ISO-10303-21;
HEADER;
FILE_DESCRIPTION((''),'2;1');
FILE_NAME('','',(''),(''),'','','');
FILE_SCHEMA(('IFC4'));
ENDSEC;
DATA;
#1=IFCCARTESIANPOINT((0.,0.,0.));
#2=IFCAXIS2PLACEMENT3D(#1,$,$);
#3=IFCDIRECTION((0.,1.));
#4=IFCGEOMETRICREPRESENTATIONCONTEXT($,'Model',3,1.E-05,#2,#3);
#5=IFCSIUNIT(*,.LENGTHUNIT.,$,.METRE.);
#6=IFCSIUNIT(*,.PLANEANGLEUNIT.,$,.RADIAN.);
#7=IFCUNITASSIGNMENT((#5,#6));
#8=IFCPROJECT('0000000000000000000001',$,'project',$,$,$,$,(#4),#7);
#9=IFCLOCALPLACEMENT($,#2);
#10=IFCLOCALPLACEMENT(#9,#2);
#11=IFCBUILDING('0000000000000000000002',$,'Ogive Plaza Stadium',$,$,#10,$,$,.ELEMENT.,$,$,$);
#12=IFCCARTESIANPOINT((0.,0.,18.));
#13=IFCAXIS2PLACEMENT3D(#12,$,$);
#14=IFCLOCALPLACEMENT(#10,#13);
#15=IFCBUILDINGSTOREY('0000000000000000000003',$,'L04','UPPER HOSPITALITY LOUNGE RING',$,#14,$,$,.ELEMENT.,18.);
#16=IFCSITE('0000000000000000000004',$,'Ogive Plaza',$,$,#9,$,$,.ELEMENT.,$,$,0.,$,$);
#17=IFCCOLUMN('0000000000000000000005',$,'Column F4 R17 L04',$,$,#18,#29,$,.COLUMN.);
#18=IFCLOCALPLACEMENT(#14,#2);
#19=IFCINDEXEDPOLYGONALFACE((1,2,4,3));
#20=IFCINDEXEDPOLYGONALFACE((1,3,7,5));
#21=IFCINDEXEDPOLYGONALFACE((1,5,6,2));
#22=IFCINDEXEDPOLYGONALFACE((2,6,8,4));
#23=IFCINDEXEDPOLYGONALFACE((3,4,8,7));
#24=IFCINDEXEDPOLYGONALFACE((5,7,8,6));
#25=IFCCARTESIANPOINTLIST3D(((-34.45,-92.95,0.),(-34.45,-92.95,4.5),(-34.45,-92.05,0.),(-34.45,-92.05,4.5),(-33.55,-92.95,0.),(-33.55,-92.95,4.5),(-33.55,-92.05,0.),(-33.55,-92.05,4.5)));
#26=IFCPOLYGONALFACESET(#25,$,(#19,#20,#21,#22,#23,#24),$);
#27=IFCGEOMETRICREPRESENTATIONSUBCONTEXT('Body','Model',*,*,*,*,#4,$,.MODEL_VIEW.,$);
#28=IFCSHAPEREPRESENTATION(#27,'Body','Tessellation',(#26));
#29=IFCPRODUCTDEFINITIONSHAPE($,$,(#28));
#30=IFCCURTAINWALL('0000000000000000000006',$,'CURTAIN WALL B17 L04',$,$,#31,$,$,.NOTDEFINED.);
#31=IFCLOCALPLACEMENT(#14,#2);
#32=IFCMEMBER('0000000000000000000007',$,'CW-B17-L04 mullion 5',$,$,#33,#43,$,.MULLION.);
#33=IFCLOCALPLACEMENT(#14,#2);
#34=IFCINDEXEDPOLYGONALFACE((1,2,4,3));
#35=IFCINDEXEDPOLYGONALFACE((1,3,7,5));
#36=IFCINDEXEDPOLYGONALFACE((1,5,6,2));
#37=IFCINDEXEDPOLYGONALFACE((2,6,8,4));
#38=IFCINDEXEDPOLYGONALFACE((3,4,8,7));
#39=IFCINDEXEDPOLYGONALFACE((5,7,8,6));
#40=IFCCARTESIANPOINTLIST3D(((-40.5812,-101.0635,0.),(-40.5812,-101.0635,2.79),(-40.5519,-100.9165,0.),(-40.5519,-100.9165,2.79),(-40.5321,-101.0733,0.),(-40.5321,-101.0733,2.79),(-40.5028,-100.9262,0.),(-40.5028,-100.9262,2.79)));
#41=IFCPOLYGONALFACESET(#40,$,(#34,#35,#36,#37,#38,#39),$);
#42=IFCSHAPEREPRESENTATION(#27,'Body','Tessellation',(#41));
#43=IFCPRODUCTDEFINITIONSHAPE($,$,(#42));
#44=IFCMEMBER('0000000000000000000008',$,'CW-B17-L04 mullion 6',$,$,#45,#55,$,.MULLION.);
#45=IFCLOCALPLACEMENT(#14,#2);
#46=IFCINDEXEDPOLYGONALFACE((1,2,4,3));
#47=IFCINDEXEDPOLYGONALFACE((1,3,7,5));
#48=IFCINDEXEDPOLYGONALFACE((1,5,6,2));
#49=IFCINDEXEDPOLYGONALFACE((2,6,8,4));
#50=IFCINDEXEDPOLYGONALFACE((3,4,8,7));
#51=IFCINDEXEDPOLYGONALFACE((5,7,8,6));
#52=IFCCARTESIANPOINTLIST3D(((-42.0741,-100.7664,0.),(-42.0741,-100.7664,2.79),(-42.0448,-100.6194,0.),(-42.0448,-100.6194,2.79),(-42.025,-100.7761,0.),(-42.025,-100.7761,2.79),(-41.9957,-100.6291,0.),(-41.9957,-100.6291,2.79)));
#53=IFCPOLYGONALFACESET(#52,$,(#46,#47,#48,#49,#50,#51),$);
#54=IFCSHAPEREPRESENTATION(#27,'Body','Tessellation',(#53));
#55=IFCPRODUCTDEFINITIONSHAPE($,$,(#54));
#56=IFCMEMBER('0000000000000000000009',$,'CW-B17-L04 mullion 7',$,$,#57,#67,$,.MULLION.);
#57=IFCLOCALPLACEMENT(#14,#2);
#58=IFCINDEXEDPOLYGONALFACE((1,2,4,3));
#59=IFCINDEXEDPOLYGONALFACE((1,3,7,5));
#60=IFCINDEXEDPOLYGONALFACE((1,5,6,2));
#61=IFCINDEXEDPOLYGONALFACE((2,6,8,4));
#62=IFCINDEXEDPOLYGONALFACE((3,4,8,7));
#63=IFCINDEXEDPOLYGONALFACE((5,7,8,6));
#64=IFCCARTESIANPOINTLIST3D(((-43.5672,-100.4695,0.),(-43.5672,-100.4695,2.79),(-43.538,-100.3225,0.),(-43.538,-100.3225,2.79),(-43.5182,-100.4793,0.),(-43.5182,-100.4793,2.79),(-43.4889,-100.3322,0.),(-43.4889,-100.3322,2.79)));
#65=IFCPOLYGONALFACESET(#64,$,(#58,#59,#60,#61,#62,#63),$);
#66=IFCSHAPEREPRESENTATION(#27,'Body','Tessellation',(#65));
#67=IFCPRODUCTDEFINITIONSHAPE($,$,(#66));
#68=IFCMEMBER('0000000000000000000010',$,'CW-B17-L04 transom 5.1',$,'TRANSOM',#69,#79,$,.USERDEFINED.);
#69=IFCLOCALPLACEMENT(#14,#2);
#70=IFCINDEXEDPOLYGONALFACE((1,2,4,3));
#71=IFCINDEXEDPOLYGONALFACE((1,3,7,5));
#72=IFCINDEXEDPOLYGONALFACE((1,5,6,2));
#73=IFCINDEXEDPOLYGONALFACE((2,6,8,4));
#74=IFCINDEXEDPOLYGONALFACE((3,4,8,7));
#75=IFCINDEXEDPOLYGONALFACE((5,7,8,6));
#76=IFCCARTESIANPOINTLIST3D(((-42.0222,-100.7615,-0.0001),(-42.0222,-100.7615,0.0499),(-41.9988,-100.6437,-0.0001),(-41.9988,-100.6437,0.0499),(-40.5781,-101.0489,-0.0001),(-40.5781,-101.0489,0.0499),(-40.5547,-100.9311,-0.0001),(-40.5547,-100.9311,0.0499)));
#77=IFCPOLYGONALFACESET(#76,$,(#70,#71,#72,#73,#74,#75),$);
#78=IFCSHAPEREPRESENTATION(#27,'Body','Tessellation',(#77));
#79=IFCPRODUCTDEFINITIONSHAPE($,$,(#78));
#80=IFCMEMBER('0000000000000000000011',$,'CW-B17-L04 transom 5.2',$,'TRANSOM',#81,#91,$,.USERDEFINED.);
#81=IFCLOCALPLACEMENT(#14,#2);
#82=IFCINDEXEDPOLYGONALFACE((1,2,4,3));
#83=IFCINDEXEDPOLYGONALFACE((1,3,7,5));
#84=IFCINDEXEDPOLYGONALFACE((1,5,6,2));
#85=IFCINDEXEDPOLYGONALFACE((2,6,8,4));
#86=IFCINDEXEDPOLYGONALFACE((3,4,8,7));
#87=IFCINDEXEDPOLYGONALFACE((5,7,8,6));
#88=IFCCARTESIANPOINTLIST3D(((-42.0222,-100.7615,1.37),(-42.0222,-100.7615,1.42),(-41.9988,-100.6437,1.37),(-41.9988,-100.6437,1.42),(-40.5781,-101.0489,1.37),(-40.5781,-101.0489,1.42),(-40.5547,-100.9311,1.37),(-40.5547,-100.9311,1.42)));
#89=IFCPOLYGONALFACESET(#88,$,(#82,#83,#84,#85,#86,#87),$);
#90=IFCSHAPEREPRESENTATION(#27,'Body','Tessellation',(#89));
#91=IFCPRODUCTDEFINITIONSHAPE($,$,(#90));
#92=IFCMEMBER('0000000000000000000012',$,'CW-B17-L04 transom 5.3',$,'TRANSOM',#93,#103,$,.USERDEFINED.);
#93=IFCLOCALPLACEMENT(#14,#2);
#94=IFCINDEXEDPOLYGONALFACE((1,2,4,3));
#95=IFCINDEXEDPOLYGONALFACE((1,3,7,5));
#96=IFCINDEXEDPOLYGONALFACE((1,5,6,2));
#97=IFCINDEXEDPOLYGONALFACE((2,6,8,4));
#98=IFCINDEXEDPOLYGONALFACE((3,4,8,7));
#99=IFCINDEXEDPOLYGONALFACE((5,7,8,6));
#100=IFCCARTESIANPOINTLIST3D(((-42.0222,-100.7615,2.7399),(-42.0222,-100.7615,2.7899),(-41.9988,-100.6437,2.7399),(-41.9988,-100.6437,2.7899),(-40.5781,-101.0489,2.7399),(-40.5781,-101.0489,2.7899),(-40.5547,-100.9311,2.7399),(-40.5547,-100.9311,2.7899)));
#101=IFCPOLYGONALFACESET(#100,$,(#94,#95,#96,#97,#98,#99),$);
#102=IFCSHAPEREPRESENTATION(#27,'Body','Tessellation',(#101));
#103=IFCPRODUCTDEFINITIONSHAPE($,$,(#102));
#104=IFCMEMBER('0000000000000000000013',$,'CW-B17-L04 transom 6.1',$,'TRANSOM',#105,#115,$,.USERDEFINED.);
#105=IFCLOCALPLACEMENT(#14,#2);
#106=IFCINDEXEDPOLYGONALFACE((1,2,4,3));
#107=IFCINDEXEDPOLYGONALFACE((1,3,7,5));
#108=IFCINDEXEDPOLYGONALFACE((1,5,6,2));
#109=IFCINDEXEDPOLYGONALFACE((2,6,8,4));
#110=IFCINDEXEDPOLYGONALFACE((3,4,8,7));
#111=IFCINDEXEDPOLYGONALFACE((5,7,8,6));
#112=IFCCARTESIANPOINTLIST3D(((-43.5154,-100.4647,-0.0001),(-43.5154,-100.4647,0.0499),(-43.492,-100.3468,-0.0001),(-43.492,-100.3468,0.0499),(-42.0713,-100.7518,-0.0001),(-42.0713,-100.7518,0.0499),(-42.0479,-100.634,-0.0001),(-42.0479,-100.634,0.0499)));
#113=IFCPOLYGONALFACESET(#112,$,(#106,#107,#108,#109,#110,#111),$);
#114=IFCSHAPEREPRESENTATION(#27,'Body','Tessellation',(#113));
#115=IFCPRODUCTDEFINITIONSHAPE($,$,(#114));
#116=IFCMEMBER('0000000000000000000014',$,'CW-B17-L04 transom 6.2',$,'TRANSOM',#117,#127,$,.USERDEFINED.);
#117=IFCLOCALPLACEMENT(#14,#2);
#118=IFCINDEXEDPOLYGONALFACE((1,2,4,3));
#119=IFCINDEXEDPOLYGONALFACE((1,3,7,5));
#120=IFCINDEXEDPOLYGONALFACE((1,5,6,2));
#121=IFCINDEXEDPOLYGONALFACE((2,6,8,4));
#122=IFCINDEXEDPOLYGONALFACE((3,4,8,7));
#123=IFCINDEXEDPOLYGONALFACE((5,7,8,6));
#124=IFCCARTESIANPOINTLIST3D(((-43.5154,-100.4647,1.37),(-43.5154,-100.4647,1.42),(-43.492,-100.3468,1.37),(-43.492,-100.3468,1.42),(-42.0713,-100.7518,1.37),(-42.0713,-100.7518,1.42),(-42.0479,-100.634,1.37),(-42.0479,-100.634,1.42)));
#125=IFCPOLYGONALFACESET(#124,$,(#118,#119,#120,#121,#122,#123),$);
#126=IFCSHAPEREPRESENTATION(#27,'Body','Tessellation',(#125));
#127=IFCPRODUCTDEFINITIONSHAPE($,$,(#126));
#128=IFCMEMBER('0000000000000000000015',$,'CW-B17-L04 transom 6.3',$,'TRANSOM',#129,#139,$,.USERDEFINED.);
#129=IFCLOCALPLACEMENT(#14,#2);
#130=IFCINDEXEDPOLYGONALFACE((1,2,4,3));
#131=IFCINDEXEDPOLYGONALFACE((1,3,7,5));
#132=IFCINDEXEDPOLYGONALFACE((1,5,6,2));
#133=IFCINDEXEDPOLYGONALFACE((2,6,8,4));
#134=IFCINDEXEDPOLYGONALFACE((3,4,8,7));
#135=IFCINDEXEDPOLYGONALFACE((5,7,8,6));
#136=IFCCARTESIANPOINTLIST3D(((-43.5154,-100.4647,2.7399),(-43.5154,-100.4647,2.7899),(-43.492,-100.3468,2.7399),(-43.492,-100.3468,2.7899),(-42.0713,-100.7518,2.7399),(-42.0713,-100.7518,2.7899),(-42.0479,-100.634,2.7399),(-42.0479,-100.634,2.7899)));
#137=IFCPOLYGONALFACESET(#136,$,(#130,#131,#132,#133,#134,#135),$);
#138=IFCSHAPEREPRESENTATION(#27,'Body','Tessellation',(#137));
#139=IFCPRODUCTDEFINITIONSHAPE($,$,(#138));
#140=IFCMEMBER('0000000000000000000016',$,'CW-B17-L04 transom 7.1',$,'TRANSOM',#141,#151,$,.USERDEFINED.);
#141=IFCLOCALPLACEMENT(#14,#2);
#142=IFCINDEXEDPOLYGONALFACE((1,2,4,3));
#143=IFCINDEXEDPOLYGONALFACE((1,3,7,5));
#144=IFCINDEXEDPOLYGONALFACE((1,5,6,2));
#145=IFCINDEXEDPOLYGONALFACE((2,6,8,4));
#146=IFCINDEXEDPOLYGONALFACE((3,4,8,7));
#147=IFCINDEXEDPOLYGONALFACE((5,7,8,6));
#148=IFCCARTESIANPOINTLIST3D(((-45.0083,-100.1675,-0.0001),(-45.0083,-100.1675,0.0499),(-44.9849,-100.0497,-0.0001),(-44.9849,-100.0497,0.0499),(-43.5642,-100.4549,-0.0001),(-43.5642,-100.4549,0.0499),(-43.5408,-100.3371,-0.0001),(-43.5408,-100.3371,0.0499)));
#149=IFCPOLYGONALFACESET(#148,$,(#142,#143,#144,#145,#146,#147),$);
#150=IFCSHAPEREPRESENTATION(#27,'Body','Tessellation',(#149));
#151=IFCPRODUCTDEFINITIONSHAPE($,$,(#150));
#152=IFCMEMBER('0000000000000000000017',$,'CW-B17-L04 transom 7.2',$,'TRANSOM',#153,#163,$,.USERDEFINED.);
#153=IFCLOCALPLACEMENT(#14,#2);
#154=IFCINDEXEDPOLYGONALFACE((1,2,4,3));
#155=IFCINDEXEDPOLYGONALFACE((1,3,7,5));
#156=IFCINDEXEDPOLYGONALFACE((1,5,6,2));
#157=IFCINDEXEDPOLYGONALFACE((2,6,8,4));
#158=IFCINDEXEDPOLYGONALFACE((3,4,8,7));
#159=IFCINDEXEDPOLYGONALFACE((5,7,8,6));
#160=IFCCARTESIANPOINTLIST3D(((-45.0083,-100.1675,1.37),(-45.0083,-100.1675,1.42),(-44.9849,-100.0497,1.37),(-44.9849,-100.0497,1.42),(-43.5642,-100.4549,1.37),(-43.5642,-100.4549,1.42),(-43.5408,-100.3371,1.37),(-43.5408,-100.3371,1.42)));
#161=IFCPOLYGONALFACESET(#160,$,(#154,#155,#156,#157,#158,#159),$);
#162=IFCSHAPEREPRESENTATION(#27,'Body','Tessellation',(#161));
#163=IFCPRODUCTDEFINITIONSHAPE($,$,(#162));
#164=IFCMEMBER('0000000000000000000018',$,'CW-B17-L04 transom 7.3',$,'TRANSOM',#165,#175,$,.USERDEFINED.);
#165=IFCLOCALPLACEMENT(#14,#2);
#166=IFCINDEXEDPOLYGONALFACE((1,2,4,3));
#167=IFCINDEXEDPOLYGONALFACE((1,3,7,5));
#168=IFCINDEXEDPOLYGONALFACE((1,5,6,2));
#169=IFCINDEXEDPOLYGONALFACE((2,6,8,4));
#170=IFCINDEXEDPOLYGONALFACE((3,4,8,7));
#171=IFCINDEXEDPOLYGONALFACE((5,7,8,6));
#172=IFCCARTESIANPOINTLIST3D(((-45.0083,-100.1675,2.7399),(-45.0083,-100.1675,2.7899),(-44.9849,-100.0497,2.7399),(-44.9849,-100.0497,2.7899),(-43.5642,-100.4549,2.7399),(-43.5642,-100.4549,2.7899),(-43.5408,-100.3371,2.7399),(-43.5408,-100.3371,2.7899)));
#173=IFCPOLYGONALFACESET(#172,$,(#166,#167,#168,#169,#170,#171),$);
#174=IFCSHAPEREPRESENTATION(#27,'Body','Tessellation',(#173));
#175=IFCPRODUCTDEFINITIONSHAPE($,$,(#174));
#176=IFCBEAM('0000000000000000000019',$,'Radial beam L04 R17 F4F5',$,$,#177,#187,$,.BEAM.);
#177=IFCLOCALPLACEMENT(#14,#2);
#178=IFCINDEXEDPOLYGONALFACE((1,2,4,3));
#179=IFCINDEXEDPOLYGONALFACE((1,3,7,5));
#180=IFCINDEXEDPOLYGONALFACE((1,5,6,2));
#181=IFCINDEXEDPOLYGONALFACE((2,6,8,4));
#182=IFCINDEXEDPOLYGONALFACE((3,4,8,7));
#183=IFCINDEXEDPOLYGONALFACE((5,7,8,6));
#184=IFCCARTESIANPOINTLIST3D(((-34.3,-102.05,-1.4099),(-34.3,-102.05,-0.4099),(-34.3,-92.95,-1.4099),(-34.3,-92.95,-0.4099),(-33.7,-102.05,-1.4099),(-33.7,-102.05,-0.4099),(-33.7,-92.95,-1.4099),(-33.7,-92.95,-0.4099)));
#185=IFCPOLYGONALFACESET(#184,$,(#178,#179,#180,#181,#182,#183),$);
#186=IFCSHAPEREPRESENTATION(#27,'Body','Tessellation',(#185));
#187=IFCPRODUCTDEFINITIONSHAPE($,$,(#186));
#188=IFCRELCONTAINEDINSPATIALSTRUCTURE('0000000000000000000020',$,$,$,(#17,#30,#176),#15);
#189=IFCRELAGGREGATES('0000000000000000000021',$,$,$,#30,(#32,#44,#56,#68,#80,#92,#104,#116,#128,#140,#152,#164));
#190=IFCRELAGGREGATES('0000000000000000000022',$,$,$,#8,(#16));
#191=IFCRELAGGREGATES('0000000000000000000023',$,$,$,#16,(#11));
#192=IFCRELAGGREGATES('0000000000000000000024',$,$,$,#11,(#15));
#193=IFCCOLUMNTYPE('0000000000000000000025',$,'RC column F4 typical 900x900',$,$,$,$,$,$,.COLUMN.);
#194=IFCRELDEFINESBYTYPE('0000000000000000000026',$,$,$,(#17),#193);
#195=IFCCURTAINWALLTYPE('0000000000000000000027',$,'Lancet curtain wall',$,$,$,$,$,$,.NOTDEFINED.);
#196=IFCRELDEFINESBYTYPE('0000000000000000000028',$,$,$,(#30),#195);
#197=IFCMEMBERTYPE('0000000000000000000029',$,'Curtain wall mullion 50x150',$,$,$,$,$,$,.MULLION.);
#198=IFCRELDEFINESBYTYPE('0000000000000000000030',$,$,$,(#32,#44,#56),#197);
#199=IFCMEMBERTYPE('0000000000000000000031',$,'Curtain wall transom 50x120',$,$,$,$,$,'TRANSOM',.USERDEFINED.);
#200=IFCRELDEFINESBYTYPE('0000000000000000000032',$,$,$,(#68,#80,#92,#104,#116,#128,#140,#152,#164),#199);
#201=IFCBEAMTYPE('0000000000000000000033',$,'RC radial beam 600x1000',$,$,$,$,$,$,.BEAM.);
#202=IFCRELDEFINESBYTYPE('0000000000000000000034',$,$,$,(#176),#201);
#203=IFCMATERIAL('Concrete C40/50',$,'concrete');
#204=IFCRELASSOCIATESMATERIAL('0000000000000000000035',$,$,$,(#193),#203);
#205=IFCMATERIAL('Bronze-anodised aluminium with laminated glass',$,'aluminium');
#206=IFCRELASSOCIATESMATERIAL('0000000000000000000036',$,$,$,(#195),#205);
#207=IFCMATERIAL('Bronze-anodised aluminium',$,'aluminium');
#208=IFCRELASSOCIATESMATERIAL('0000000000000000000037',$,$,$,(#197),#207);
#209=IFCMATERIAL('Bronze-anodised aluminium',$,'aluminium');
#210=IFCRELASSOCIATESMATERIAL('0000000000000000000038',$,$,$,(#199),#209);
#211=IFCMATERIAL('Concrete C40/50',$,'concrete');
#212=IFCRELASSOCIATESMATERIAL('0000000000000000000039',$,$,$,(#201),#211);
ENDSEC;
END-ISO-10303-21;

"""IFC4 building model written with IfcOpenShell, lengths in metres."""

from ifc_helpers import new_model, si_unit, direction, frame, origin, origin_2d, place, context, subcontext, project, spatial, rectangle, extrude, material, material_profile, profile_set, type_object, element, aggregate, save


model = new_model("IFC4")

# Units and contexts
model_context = context("Model", 3, precision=1e-05, world=origin(), true_north=direction((0.0, 1.0)))
body_context = subcontext(model_context, "Body", "Model", "MODEL_VIEW")
ifc_project = project(units=[si_unit("LENGTHUNIT", "METRE"), si_unit("PLANEANGLEUNIT", "RADIAN")], contexts=[model_context])

# Site, building, storey
site_placement = place(None, origin())
site = spatial("IfcSite", under=ifc_project, at=site_placement, Name="Ogive Plaza", CompositionType="ELEMENT", RefElevation=0.0)
building_placement = place(site_placement, origin())
building = spatial("IfcBuilding", under=site, at=building_placement, Name="Ogive Plaza Stadium", CompositionType="ELEMENT")
storey_placement = place(building_placement, frame((0.0, 0.0, 18.0)))
storey = spatial("IfcBuildingStorey", under=building, at=storey_placement, Name="L04", Description="UPPER HOSPITALITY LOUNGE RING", CompositionType="ELEMENT", Elevation=18.0)

# Column
ifc_material_1 = material(Name="Concrete C40/50", Category="concrete")
ifc_material_profile_1 = material_profile(ifc_material_1, rectangle(XDim=0.8999, YDim=0.8999, at=origin_2d()), Name="RC 900x900")
ifc_profile_set_1 = profile_set([ifc_material_profile_1], Name="Concrete C40/50")
column_type = type_object("IfcColumnType", Name="RC column F4 typical 900x900", PredefinedType="COLUMN", material=ifc_profile_set_1)
column_placement = place(storey_placement, frame((-34.0, -92.5, 0.0), z_axis=(0.0, 0.0, 1.0), x_axis=(1.0, 0.0, 0.0)))
element("IfcColumn", 1, at=column_placement, inside=storey, type_object=column_type, Name="Column F4 R17 L04", PredefinedType="COLUMN", context=body_context, shape_type="SweptSolid", body=[
    extrude(rectangle(XDim=0.8999, YDim=0.8999, at=origin_2d()), origin(), (0.0, 0.0, 1.0), 4.5),
])

# Curtain wall, members
ifc_material_2 = material(Name="Bronze-anodised aluminium with laminated glass", Category="aluminium")
curtain_wall_type = type_object("IfcCurtainWallType", Name="Lancet curtain wall", PredefinedType="NOTDEFINED", material=ifc_material_2)
curtain_wall_placement = place(storey_placement, origin())
curtain_wall = element("IfcCurtainWall", 2, at=curtain_wall_placement, inside=storey, type_object=curtain_wall_type, Name="CURTAIN WALL B17 L04", PredefinedType="NOTDEFINED")
ifc_material_3 = material(Name="Bronze-anodised aluminium", Category="aluminium")
ifc_material_profile_2 = material_profile(ifc_material_3, rectangle(XDim=0.1499, YDim=0.05, at=origin_2d()), Name="AL 150x50")
ifc_profile_set_2 = profile_set([ifc_material_profile_2], Name="Bronze-anodised aluminium")
member_type_1 = type_object("IfcMemberType", Name="Curtain wall mullion 50x150", PredefinedType="MULLION", material=ifc_profile_set_2)
member_1_placement = place(storey_placement, frame((-40.542, -100.9949, 0.0), z_axis=(0.0, 0.0, 1.0), x_axis=(-0.19509, -0.980785, 0.0)))
member_1 = element("IfcMember", 3, at=member_1_placement, type_object=member_type_1, Name="CW-B17-L04 mullion 5", PredefinedType="MULLION", context=body_context, shape_type="SweptSolid", body=[
    extrude(rectangle(XDim=0.1499, YDim=0.05, at=origin_2d()), origin(), (0.0, 0.0, 1.0), 2.79),
])
member_2_placement = place(storey_placement, frame((-42.0349, -100.6978, 0.0), z_axis=(0.0, 0.0, 1.0), x_axis=(-0.19509, -0.980785, 0.0)))
member_2 = element("IfcMember", 4, at=member_2_placement, type_object=member_type_1, Name="CW-B17-L04 mullion 6", PredefinedType="MULLION", context=body_context, shape_type="SweptSolid", body=[
    extrude(rectangle(XDim=0.1499, YDim=0.05, at=origin_2d()), origin(), (0.0, 0.0, 1.0), 2.79),
])
member_3_placement = place(storey_placement, frame((-43.5281, -100.4009, 0.0), z_axis=(0.0, 0.0, 1.0), x_axis=(-0.19509, -0.980785, 0.0)))
member_3 = element("IfcMember", 5, at=member_3_placement, type_object=member_type_1, Name="CW-B17-L04 mullion 7", PredefinedType="MULLION", context=body_context, shape_type="SweptSolid", body=[
    extrude(rectangle(XDim=0.1499, YDim=0.05, at=origin_2d()), origin(), (0.0, 0.0, 1.0), 2.79),
])
ifc_material_4 = material(Name="Bronze-anodised aluminium", Category="aluminium")
ifc_material_profile_3 = material_profile(ifc_material_4, rectangle(XDim=0.1201, YDim=0.05, at=origin_2d()), Name="AL 120x50")
ifc_profile_set_3 = profile_set([ifc_material_profile_3], Name="Bronze-anodised aluminium")
member_type_2 = type_object("IfcMemberType", Name="Curtain wall transom 50x120", ElementType="TRANSOM", PredefinedType="USERDEFINED", material=ifc_profile_set_3)
member_4_placement = place(storey_placement, frame((-40.5664, -100.99, 0.0249), z_axis=(-0.980772, 0.195159, 0.0), x_axis=(-0.195159, -0.980772, 0.0)))
member_4 = element("IfcMember", 6, at=member_4_placement, type_object=member_type_2, Name="CW-B17-L04 transom 5.1", ObjectType="TRANSOM", PredefinedType="USERDEFINED", context=body_context, shape_type="SweptSolid", body=[
    extrude(rectangle(XDim=0.1201, YDim=0.05, at=origin_2d()), origin(), (0.0, 0.0, 1.0), 1.4724),
])
member_5_placement = place(storey_placement, frame((-40.5664, -100.99, 1.395), z_axis=(-0.980772, 0.195159, 0.0), x_axis=(-0.195159, -0.980772, 0.0)))
member_5 = element("IfcMember", 7, at=member_5_placement, type_object=member_type_2, Name="CW-B17-L04 transom 5.2", ObjectType="TRANSOM", PredefinedType="USERDEFINED", context=body_context, shape_type="SweptSolid", body=[
    extrude(rectangle(XDim=0.1201, YDim=0.05, at=origin_2d()), origin(), (0.0, 0.0, 1.0), 1.4724),
])
member_6_placement = place(storey_placement, frame((-40.5664, -100.99, 2.7649), z_axis=(-0.980772, 0.195159, 0.0), x_axis=(-0.195159, -0.980772, 0.0)))
member_6 = element("IfcMember", 8, at=member_6_placement, type_object=member_type_2, Name="CW-B17-L04 transom 5.3", ObjectType="TRANSOM", PredefinedType="USERDEFINED", context=body_context, shape_type="SweptSolid", body=[
    extrude(rectangle(XDim=0.1201, YDim=0.05, at=origin_2d()), origin(), (0.0, 0.0, 1.0), 1.4724),
])
member_7_placement = place(storey_placement, frame((-42.0596, -100.6929, 0.0249), z_axis=(-0.980803, 0.195, 0.0), x_axis=(-0.195, -0.980803, 0.0)))
member_7 = element("IfcMember", 9, at=member_7_placement, type_object=member_type_2, Name="CW-B17-L04 transom 6.1", ObjectType="TRANSOM", PredefinedType="USERDEFINED", context=body_context, shape_type="SweptSolid", body=[
    extrude(rectangle(XDim=0.1201, YDim=0.05, at=origin_2d()), origin(), (0.0, 0.0, 1.0), 1.4724),
])
member_8_placement = place(storey_placement, frame((-42.0596, -100.6929, 1.395), z_axis=(-0.980803, 0.195, 0.0), x_axis=(-0.195, -0.980803, 0.0)))
member_8 = element("IfcMember", 10, at=member_8_placement, type_object=member_type_2, Name="CW-B17-L04 transom 6.2", ObjectType="TRANSOM", PredefinedType="USERDEFINED", context=body_context, shape_type="SweptSolid", body=[
    extrude(rectangle(XDim=0.1201, YDim=0.05, at=origin_2d()), origin(), (0.0, 0.0, 1.0), 1.4724),
])
member_9_placement = place(storey_placement, frame((-42.0596, -100.6929, 2.7649), z_axis=(-0.980803, 0.195, 0.0), x_axis=(-0.195, -0.980803, 0.0)))
member_9 = element("IfcMember", 11, at=member_9_placement, type_object=member_type_2, Name="CW-B17-L04 transom 6.3", ObjectType="TRANSOM", PredefinedType="USERDEFINED", context=body_context, shape_type="SweptSolid", body=[
    extrude(rectangle(XDim=0.1201, YDim=0.05, at=origin_2d()), origin(), (0.0, 0.0, 1.0), 1.4724),
])
member_10_placement = place(storey_placement, frame((-43.5525, -100.396, 0.0249), z_axis=(-0.980772, 0.195159, 0.0), x_axis=(-0.195159, -0.980772, 0.0)))
member_10 = element("IfcMember", 12, at=member_10_placement, type_object=member_type_2, Name="CW-B17-L04 transom 7.1", ObjectType="TRANSOM", PredefinedType="USERDEFINED", context=body_context, shape_type="SweptSolid", body=[
    extrude(rectangle(XDim=0.1201, YDim=0.05, at=origin_2d()), origin(), (0.0, 0.0, 1.0), 1.4724),
])
member_11_placement = place(storey_placement, frame((-43.5525, -100.396, 1.395), z_axis=(-0.980772, 0.195159, 0.0), x_axis=(-0.195159, -0.980772, 0.0)))
member_11 = element("IfcMember", 13, at=member_11_placement, type_object=member_type_2, Name="CW-B17-L04 transom 7.2", ObjectType="TRANSOM", PredefinedType="USERDEFINED", context=body_context, shape_type="SweptSolid", body=[
    extrude(rectangle(XDim=0.1201, YDim=0.05, at=origin_2d()), origin(), (0.0, 0.0, 1.0), 1.4724),
])
member_12_placement = place(storey_placement, frame((-43.5525, -100.396, 2.7649), z_axis=(-0.980772, 0.195159, 0.0), x_axis=(-0.195159, -0.980772, 0.0)))
member_12 = element("IfcMember", 14, at=member_12_placement, type_object=member_type_2, Name="CW-B17-L04 transom 7.3", ObjectType="TRANSOM", PredefinedType="USERDEFINED", context=body_context, shape_type="SweptSolid", body=[
    extrude(rectangle(XDim=0.1201, YDim=0.05, at=origin_2d()), origin(), (0.0, 0.0, 1.0), 1.4724),
])

# Beam
ifc_material_5 = material(Name="Concrete C40/50", Category="concrete")
ifc_material_profile_4 = material_profile(ifc_material_5, rectangle(XDim=0.6001, YDim=1.0, at=origin_2d()), Name="RC 600x1000")
ifc_profile_set_4 = profile_set([ifc_material_profile_4], Name="Concrete C40/50")
beam_type_1 = type_object("IfcBeamType", Name="RC radial beam 600x1000", PredefinedType="BEAM", material=ifc_profile_set_4)
beam_1_placement = place(storey_placement, frame((-34.0, -92.95, -0.9099), z_axis=(0.0, -1.0, 0.0), x_axis=(1.0, 0.0, 0.0)))
element("IfcBeam", 15, at=beam_1_placement, inside=storey, type_object=beam_type_1, Name="Radial beam L04 R17 F4F5", PredefinedType="BEAM", context=body_context, shape_type="SweptSolid", body=[
    extrude(rectangle(XDim=0.6001, YDim=1.0, at=origin_2d()), origin(), (0.0, 0.0, 1.0), 9.1001),
])

aggregate(curtain_wall, [member_1, member_2, member_3, member_4, member_5, member_6, member_7, member_8, member_9, member_10, member_11, member_12])

save(model, "model.ifc")
